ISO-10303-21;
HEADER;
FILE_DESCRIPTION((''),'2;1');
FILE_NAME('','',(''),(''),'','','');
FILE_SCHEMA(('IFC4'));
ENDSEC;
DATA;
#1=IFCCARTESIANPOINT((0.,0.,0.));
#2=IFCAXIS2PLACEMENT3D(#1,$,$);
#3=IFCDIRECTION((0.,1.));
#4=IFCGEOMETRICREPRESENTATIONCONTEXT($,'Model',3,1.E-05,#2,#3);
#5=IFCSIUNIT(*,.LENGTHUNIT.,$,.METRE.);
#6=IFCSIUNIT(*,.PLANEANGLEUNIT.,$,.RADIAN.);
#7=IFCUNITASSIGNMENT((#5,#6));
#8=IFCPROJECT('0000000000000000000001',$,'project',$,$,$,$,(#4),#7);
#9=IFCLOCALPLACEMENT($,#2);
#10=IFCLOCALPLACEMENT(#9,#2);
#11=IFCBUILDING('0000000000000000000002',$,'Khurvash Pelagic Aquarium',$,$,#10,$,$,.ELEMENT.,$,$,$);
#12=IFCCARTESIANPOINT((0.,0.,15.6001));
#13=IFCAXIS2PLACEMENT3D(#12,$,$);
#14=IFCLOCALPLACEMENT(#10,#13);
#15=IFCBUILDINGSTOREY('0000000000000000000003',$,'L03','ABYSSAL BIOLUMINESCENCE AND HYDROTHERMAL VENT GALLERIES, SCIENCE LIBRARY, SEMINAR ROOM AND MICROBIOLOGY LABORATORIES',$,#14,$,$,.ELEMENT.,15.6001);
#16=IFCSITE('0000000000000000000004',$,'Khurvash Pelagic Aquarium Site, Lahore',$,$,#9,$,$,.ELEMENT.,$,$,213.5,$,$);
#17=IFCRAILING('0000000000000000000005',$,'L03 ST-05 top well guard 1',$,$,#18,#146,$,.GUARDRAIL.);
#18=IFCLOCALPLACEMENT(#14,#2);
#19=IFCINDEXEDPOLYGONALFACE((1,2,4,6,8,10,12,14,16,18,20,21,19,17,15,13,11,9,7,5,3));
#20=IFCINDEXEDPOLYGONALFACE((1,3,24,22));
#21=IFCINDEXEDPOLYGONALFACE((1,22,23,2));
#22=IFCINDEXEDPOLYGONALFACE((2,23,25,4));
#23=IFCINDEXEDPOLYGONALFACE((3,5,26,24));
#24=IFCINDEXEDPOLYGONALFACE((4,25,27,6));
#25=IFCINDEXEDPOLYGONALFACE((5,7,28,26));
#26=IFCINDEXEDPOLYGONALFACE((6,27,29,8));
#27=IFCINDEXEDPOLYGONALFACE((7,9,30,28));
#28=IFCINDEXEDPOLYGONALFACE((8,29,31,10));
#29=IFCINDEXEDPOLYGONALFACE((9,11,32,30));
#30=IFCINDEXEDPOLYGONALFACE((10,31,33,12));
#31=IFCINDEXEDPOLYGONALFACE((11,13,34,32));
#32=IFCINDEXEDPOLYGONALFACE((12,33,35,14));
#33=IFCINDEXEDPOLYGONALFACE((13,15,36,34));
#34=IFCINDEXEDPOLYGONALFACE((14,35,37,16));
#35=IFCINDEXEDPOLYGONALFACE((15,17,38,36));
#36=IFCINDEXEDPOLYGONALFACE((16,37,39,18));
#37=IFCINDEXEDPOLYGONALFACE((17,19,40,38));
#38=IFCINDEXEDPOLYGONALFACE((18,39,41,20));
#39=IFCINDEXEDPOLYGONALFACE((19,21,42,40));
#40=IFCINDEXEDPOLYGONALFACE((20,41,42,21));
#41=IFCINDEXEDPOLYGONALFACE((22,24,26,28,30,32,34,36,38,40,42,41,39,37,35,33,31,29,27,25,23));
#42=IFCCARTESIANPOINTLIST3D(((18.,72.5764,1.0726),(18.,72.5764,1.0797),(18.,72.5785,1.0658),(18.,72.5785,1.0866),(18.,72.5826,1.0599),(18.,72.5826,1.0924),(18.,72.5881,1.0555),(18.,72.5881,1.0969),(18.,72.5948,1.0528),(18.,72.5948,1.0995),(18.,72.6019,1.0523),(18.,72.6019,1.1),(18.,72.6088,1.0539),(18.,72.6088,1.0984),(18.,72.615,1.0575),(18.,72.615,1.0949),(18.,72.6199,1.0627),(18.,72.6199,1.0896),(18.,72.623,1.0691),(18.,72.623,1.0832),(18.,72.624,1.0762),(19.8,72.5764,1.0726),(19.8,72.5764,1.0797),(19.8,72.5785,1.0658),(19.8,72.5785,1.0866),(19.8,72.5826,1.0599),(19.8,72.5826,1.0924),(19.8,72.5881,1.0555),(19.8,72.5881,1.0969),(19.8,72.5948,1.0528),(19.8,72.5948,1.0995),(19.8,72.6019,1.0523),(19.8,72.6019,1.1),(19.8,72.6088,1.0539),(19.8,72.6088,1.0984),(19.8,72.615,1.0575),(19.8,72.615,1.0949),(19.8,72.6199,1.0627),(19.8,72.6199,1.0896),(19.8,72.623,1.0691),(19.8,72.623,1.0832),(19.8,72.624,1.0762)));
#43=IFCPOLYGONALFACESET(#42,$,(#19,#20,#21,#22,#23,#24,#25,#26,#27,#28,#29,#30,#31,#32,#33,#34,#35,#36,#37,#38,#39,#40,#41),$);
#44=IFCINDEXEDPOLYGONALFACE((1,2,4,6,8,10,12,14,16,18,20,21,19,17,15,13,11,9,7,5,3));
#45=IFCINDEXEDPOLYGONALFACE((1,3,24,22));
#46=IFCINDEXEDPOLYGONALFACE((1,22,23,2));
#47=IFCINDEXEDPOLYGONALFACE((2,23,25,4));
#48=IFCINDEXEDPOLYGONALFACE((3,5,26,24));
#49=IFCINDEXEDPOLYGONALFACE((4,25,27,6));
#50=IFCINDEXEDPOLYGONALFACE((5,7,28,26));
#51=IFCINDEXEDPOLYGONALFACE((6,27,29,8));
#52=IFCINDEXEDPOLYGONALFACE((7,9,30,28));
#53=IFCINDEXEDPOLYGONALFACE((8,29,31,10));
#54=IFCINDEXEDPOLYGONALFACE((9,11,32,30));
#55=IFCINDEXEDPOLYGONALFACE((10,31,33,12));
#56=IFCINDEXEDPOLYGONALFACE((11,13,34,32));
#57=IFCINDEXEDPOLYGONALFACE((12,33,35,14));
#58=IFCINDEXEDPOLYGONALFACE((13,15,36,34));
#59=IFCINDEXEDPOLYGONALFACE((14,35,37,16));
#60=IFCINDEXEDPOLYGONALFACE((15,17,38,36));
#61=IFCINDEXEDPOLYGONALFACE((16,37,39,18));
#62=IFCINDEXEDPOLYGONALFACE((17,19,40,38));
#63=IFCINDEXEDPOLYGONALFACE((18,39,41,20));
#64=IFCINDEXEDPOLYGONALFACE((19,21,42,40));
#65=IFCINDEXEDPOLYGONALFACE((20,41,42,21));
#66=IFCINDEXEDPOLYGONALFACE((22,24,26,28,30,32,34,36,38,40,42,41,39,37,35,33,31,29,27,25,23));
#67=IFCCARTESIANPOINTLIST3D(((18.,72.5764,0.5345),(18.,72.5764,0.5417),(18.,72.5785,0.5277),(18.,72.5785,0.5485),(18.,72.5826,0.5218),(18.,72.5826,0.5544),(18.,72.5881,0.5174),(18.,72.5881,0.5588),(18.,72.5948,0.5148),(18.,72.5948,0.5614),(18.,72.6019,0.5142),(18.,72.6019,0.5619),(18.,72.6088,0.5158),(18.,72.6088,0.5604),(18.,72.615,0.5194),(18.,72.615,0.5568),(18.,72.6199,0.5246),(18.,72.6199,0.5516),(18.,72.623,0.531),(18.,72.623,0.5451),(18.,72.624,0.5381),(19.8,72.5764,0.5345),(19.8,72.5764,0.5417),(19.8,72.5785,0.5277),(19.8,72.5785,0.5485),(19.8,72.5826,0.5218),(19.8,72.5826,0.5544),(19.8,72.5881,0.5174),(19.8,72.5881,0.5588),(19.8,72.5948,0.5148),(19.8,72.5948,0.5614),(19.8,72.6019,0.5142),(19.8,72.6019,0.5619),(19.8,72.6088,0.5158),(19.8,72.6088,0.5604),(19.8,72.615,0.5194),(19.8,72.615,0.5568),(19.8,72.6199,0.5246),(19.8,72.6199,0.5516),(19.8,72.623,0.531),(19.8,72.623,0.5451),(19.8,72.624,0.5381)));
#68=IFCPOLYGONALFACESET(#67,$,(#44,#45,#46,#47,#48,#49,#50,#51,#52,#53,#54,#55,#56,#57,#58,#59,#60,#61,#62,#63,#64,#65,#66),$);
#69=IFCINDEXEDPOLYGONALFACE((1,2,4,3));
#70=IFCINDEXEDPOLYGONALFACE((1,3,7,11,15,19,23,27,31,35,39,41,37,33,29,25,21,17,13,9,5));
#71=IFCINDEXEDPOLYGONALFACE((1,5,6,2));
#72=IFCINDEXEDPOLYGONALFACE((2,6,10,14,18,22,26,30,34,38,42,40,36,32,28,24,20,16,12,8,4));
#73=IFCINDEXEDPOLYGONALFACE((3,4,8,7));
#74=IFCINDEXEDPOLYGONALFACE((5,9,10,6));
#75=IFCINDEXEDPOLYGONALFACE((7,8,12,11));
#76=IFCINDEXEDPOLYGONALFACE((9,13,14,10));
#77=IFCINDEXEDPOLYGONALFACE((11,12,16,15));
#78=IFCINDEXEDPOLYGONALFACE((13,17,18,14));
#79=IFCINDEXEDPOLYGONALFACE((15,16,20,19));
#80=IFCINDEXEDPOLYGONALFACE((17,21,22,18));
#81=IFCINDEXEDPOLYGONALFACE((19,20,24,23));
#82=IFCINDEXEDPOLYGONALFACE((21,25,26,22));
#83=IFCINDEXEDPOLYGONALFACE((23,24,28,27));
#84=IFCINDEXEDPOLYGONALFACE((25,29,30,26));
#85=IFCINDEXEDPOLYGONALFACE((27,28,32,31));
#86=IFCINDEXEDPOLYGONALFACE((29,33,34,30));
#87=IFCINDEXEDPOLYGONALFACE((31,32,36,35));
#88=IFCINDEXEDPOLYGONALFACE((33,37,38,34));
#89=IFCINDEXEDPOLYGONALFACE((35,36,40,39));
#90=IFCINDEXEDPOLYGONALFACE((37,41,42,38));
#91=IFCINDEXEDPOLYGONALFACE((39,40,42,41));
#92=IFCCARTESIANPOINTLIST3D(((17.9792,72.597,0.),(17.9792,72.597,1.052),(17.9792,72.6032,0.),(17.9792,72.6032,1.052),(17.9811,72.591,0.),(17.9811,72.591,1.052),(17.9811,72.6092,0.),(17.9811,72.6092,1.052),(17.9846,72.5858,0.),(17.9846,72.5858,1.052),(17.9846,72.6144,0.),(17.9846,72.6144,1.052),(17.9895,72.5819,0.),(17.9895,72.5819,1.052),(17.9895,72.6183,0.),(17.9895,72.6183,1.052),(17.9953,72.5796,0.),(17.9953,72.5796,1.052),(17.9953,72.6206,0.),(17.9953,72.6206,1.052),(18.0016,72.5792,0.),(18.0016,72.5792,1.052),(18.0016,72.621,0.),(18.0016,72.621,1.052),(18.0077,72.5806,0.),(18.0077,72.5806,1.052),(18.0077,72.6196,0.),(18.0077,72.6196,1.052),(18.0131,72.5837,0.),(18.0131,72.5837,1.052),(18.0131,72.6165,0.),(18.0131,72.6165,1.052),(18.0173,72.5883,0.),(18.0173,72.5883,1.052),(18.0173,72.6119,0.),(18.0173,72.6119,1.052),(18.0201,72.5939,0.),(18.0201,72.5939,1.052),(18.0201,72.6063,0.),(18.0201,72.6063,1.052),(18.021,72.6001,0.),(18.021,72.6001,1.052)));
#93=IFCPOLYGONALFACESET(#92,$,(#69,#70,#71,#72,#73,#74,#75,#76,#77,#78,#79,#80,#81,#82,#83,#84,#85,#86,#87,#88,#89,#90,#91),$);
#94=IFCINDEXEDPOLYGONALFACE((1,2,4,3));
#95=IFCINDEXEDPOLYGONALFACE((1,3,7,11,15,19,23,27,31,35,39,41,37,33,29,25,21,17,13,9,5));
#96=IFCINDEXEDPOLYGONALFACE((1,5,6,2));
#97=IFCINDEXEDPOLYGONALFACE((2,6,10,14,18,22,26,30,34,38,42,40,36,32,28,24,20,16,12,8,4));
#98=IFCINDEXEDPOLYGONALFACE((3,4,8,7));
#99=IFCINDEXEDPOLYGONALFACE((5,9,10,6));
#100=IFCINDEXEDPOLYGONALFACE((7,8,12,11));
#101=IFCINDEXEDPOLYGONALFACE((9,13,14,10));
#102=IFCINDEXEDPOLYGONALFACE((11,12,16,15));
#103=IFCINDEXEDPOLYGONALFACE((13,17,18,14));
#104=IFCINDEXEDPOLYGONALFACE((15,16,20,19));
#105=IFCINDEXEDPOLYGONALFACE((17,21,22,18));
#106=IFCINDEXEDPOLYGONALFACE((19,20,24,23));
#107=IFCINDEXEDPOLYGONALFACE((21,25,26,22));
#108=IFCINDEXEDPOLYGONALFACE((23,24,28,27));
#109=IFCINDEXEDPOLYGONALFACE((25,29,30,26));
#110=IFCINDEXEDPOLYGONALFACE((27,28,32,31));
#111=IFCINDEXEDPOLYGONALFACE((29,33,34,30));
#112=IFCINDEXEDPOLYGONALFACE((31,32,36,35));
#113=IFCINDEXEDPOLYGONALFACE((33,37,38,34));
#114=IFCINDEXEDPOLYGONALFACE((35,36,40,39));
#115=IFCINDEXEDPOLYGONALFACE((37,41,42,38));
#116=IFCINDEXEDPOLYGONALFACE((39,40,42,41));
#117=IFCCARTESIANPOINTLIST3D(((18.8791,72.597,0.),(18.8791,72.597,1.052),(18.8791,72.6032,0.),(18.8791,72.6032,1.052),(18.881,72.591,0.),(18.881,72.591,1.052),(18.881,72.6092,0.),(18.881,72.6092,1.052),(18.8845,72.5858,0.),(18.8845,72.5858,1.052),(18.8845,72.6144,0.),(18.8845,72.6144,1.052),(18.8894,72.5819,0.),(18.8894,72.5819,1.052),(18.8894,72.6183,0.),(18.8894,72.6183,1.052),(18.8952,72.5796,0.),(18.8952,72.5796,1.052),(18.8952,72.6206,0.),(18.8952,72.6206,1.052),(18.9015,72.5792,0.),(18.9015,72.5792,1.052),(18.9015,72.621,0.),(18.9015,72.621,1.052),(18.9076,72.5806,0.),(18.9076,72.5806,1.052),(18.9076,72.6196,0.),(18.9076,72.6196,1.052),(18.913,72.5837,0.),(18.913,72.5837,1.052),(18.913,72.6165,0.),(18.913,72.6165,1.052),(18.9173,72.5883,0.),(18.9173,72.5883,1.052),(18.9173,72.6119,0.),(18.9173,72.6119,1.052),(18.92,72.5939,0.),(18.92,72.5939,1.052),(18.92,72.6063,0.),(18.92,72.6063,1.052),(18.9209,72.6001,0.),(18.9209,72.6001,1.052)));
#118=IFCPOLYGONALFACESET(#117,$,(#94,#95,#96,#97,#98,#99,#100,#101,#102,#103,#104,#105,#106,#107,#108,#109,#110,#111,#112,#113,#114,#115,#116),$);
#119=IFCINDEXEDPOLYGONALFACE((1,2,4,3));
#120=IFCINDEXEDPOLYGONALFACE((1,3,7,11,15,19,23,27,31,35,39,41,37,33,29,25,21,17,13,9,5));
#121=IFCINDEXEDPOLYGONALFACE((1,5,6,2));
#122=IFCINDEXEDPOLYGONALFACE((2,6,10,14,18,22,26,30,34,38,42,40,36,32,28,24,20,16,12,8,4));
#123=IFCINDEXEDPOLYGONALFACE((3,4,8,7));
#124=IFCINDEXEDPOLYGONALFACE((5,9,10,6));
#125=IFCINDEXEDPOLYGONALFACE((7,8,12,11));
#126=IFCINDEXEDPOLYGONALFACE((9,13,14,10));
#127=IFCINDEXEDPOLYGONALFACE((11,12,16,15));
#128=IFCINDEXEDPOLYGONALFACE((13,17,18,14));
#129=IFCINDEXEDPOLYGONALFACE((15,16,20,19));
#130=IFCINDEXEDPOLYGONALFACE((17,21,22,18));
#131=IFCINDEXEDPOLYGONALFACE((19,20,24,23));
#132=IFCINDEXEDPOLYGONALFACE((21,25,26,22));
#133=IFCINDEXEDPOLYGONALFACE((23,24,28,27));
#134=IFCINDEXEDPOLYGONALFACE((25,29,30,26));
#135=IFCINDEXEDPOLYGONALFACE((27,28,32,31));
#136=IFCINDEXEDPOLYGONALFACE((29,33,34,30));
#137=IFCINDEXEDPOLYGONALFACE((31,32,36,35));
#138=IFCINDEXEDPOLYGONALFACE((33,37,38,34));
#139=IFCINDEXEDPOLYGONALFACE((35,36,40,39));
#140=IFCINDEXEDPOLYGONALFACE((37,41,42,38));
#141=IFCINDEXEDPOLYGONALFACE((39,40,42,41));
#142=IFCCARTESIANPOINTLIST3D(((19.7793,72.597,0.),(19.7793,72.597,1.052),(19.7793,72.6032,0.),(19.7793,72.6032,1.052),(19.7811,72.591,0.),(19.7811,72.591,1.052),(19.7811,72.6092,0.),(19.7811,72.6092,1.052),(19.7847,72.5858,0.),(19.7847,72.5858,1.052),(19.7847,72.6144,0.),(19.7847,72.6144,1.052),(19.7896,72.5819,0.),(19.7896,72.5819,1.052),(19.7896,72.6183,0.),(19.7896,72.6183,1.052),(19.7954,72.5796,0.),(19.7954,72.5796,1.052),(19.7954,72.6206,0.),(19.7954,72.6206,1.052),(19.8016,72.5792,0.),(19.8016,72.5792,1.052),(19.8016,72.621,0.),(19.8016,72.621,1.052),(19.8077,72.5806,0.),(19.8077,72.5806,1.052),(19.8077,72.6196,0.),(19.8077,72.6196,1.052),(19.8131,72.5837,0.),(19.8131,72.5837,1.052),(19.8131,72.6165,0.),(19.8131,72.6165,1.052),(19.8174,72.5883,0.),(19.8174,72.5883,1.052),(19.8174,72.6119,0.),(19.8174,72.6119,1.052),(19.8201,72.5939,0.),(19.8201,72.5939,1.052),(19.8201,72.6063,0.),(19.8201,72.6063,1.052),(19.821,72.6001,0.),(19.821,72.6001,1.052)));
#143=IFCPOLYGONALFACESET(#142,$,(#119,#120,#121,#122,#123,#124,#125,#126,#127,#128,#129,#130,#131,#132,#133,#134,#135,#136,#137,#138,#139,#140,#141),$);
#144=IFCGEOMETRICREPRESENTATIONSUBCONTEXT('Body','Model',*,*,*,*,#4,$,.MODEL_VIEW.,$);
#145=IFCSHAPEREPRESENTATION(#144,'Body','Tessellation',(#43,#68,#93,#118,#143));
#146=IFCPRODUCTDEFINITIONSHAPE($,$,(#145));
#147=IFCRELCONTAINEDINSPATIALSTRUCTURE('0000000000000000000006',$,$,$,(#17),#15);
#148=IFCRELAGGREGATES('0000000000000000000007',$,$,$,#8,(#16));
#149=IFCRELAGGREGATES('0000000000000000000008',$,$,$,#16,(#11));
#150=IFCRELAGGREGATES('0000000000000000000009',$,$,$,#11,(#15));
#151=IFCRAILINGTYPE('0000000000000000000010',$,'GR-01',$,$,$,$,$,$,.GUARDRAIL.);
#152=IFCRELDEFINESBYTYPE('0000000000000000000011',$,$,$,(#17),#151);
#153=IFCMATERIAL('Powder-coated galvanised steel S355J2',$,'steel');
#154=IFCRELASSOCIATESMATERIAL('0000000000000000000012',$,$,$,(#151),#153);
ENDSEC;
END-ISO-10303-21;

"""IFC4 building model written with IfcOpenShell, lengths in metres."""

from ifc_helpers import new_model, si_unit, direction, frame, origin, origin_2d, place, context, subcontext, project, spatial, circle, extrude, material, type_object, element, save


model = new_model("IFC4")

# Units and contexts
model_context = context("Model", 3, precision=1e-05, world=origin(), true_north=direction((0.0, 1.0)))
body_context = subcontext(model_context, "Body", "Model", "MODEL_VIEW")
ifc_project = project(units=[si_unit("LENGTHUNIT", "METRE"), si_unit("PLANEANGLEUNIT", "RADIAN")], contexts=[model_context])

# Site, building, storey
site_placement = place(None, origin())
site = spatial("IfcSite", under=ifc_project, at=site_placement, Name="Khurvash Pelagic Aquarium Site, Lahore", CompositionType="ELEMENT", RefElevation=213.5)
building_placement = place(site_placement, origin())
building = spatial("IfcBuilding", under=site, at=building_placement, Name="Khurvash Pelagic Aquarium", CompositionType="ELEMENT")
storey_placement = place(building_placement, frame((0.0, 0.0, 15.6001)))
storey = spatial("IfcBuildingStorey", under=building, at=storey_placement, Name="L03", Description="ABYSSAL BIOLUMINESCENCE AND HYDROTHERMAL VENT GALLERIES, SCIENCE LIBRARY, SEMINAR ROOM AND MICROBIOLOGY LABORATORIES", CompositionType="ELEMENT", Elevation=15.6001)

# Railing
ifc_material_1 = material(Name="Powder-coated galvanised steel S355J2", Category="steel")
railing_type_1 = type_object("IfcRailingType", Name="GR-01", PredefinedType="GUARDRAIL", material=ifc_material_1)
railing_1_placement = place(storey_placement, frame((18.0, 72.6001, 0.0)))
element("IfcRailing", 1, at=railing_1_placement, inside=storey, type_object=railing_type_1, Name="L03 ST-05 top well guard 1", PredefinedType="GUARDRAIL", context=body_context, shape_type="SweptSolid", body=[
    extrude(circle(Radius=0.0239, at=origin_2d()), frame((0.0, 0.0, 1.0762), z_axis=(1.0, 0.0, 0.0), x_axis=(0.0, 1.0, 0.0)), (0.0, 0.0, 1.0), 1.8),
    extrude(circle(Radius=0.0239, at=origin_2d()), frame((0.0, 0.0, 0.5381), z_axis=(1.0, 0.0, 0.0), x_axis=(0.0, 1.0, 0.0)), (0.0, 0.0, 1.0), 1.8),
    extrude(circle(Radius=0.021, at=origin_2d()), origin(), (0.0, 0.0, 1.0), 1.052),
    extrude(circle(Radius=0.021, at=origin_2d()), frame((0.8999, 0.0, 0.0)), (0.0, 0.0, 1.0), 1.052),
    extrude(circle(Radius=0.021, at=origin_2d()), frame((1.8, 0.0, 0.0)), (0.0, 0.0, 1.0), 1.052),
])

save(model, "model.ifc")
